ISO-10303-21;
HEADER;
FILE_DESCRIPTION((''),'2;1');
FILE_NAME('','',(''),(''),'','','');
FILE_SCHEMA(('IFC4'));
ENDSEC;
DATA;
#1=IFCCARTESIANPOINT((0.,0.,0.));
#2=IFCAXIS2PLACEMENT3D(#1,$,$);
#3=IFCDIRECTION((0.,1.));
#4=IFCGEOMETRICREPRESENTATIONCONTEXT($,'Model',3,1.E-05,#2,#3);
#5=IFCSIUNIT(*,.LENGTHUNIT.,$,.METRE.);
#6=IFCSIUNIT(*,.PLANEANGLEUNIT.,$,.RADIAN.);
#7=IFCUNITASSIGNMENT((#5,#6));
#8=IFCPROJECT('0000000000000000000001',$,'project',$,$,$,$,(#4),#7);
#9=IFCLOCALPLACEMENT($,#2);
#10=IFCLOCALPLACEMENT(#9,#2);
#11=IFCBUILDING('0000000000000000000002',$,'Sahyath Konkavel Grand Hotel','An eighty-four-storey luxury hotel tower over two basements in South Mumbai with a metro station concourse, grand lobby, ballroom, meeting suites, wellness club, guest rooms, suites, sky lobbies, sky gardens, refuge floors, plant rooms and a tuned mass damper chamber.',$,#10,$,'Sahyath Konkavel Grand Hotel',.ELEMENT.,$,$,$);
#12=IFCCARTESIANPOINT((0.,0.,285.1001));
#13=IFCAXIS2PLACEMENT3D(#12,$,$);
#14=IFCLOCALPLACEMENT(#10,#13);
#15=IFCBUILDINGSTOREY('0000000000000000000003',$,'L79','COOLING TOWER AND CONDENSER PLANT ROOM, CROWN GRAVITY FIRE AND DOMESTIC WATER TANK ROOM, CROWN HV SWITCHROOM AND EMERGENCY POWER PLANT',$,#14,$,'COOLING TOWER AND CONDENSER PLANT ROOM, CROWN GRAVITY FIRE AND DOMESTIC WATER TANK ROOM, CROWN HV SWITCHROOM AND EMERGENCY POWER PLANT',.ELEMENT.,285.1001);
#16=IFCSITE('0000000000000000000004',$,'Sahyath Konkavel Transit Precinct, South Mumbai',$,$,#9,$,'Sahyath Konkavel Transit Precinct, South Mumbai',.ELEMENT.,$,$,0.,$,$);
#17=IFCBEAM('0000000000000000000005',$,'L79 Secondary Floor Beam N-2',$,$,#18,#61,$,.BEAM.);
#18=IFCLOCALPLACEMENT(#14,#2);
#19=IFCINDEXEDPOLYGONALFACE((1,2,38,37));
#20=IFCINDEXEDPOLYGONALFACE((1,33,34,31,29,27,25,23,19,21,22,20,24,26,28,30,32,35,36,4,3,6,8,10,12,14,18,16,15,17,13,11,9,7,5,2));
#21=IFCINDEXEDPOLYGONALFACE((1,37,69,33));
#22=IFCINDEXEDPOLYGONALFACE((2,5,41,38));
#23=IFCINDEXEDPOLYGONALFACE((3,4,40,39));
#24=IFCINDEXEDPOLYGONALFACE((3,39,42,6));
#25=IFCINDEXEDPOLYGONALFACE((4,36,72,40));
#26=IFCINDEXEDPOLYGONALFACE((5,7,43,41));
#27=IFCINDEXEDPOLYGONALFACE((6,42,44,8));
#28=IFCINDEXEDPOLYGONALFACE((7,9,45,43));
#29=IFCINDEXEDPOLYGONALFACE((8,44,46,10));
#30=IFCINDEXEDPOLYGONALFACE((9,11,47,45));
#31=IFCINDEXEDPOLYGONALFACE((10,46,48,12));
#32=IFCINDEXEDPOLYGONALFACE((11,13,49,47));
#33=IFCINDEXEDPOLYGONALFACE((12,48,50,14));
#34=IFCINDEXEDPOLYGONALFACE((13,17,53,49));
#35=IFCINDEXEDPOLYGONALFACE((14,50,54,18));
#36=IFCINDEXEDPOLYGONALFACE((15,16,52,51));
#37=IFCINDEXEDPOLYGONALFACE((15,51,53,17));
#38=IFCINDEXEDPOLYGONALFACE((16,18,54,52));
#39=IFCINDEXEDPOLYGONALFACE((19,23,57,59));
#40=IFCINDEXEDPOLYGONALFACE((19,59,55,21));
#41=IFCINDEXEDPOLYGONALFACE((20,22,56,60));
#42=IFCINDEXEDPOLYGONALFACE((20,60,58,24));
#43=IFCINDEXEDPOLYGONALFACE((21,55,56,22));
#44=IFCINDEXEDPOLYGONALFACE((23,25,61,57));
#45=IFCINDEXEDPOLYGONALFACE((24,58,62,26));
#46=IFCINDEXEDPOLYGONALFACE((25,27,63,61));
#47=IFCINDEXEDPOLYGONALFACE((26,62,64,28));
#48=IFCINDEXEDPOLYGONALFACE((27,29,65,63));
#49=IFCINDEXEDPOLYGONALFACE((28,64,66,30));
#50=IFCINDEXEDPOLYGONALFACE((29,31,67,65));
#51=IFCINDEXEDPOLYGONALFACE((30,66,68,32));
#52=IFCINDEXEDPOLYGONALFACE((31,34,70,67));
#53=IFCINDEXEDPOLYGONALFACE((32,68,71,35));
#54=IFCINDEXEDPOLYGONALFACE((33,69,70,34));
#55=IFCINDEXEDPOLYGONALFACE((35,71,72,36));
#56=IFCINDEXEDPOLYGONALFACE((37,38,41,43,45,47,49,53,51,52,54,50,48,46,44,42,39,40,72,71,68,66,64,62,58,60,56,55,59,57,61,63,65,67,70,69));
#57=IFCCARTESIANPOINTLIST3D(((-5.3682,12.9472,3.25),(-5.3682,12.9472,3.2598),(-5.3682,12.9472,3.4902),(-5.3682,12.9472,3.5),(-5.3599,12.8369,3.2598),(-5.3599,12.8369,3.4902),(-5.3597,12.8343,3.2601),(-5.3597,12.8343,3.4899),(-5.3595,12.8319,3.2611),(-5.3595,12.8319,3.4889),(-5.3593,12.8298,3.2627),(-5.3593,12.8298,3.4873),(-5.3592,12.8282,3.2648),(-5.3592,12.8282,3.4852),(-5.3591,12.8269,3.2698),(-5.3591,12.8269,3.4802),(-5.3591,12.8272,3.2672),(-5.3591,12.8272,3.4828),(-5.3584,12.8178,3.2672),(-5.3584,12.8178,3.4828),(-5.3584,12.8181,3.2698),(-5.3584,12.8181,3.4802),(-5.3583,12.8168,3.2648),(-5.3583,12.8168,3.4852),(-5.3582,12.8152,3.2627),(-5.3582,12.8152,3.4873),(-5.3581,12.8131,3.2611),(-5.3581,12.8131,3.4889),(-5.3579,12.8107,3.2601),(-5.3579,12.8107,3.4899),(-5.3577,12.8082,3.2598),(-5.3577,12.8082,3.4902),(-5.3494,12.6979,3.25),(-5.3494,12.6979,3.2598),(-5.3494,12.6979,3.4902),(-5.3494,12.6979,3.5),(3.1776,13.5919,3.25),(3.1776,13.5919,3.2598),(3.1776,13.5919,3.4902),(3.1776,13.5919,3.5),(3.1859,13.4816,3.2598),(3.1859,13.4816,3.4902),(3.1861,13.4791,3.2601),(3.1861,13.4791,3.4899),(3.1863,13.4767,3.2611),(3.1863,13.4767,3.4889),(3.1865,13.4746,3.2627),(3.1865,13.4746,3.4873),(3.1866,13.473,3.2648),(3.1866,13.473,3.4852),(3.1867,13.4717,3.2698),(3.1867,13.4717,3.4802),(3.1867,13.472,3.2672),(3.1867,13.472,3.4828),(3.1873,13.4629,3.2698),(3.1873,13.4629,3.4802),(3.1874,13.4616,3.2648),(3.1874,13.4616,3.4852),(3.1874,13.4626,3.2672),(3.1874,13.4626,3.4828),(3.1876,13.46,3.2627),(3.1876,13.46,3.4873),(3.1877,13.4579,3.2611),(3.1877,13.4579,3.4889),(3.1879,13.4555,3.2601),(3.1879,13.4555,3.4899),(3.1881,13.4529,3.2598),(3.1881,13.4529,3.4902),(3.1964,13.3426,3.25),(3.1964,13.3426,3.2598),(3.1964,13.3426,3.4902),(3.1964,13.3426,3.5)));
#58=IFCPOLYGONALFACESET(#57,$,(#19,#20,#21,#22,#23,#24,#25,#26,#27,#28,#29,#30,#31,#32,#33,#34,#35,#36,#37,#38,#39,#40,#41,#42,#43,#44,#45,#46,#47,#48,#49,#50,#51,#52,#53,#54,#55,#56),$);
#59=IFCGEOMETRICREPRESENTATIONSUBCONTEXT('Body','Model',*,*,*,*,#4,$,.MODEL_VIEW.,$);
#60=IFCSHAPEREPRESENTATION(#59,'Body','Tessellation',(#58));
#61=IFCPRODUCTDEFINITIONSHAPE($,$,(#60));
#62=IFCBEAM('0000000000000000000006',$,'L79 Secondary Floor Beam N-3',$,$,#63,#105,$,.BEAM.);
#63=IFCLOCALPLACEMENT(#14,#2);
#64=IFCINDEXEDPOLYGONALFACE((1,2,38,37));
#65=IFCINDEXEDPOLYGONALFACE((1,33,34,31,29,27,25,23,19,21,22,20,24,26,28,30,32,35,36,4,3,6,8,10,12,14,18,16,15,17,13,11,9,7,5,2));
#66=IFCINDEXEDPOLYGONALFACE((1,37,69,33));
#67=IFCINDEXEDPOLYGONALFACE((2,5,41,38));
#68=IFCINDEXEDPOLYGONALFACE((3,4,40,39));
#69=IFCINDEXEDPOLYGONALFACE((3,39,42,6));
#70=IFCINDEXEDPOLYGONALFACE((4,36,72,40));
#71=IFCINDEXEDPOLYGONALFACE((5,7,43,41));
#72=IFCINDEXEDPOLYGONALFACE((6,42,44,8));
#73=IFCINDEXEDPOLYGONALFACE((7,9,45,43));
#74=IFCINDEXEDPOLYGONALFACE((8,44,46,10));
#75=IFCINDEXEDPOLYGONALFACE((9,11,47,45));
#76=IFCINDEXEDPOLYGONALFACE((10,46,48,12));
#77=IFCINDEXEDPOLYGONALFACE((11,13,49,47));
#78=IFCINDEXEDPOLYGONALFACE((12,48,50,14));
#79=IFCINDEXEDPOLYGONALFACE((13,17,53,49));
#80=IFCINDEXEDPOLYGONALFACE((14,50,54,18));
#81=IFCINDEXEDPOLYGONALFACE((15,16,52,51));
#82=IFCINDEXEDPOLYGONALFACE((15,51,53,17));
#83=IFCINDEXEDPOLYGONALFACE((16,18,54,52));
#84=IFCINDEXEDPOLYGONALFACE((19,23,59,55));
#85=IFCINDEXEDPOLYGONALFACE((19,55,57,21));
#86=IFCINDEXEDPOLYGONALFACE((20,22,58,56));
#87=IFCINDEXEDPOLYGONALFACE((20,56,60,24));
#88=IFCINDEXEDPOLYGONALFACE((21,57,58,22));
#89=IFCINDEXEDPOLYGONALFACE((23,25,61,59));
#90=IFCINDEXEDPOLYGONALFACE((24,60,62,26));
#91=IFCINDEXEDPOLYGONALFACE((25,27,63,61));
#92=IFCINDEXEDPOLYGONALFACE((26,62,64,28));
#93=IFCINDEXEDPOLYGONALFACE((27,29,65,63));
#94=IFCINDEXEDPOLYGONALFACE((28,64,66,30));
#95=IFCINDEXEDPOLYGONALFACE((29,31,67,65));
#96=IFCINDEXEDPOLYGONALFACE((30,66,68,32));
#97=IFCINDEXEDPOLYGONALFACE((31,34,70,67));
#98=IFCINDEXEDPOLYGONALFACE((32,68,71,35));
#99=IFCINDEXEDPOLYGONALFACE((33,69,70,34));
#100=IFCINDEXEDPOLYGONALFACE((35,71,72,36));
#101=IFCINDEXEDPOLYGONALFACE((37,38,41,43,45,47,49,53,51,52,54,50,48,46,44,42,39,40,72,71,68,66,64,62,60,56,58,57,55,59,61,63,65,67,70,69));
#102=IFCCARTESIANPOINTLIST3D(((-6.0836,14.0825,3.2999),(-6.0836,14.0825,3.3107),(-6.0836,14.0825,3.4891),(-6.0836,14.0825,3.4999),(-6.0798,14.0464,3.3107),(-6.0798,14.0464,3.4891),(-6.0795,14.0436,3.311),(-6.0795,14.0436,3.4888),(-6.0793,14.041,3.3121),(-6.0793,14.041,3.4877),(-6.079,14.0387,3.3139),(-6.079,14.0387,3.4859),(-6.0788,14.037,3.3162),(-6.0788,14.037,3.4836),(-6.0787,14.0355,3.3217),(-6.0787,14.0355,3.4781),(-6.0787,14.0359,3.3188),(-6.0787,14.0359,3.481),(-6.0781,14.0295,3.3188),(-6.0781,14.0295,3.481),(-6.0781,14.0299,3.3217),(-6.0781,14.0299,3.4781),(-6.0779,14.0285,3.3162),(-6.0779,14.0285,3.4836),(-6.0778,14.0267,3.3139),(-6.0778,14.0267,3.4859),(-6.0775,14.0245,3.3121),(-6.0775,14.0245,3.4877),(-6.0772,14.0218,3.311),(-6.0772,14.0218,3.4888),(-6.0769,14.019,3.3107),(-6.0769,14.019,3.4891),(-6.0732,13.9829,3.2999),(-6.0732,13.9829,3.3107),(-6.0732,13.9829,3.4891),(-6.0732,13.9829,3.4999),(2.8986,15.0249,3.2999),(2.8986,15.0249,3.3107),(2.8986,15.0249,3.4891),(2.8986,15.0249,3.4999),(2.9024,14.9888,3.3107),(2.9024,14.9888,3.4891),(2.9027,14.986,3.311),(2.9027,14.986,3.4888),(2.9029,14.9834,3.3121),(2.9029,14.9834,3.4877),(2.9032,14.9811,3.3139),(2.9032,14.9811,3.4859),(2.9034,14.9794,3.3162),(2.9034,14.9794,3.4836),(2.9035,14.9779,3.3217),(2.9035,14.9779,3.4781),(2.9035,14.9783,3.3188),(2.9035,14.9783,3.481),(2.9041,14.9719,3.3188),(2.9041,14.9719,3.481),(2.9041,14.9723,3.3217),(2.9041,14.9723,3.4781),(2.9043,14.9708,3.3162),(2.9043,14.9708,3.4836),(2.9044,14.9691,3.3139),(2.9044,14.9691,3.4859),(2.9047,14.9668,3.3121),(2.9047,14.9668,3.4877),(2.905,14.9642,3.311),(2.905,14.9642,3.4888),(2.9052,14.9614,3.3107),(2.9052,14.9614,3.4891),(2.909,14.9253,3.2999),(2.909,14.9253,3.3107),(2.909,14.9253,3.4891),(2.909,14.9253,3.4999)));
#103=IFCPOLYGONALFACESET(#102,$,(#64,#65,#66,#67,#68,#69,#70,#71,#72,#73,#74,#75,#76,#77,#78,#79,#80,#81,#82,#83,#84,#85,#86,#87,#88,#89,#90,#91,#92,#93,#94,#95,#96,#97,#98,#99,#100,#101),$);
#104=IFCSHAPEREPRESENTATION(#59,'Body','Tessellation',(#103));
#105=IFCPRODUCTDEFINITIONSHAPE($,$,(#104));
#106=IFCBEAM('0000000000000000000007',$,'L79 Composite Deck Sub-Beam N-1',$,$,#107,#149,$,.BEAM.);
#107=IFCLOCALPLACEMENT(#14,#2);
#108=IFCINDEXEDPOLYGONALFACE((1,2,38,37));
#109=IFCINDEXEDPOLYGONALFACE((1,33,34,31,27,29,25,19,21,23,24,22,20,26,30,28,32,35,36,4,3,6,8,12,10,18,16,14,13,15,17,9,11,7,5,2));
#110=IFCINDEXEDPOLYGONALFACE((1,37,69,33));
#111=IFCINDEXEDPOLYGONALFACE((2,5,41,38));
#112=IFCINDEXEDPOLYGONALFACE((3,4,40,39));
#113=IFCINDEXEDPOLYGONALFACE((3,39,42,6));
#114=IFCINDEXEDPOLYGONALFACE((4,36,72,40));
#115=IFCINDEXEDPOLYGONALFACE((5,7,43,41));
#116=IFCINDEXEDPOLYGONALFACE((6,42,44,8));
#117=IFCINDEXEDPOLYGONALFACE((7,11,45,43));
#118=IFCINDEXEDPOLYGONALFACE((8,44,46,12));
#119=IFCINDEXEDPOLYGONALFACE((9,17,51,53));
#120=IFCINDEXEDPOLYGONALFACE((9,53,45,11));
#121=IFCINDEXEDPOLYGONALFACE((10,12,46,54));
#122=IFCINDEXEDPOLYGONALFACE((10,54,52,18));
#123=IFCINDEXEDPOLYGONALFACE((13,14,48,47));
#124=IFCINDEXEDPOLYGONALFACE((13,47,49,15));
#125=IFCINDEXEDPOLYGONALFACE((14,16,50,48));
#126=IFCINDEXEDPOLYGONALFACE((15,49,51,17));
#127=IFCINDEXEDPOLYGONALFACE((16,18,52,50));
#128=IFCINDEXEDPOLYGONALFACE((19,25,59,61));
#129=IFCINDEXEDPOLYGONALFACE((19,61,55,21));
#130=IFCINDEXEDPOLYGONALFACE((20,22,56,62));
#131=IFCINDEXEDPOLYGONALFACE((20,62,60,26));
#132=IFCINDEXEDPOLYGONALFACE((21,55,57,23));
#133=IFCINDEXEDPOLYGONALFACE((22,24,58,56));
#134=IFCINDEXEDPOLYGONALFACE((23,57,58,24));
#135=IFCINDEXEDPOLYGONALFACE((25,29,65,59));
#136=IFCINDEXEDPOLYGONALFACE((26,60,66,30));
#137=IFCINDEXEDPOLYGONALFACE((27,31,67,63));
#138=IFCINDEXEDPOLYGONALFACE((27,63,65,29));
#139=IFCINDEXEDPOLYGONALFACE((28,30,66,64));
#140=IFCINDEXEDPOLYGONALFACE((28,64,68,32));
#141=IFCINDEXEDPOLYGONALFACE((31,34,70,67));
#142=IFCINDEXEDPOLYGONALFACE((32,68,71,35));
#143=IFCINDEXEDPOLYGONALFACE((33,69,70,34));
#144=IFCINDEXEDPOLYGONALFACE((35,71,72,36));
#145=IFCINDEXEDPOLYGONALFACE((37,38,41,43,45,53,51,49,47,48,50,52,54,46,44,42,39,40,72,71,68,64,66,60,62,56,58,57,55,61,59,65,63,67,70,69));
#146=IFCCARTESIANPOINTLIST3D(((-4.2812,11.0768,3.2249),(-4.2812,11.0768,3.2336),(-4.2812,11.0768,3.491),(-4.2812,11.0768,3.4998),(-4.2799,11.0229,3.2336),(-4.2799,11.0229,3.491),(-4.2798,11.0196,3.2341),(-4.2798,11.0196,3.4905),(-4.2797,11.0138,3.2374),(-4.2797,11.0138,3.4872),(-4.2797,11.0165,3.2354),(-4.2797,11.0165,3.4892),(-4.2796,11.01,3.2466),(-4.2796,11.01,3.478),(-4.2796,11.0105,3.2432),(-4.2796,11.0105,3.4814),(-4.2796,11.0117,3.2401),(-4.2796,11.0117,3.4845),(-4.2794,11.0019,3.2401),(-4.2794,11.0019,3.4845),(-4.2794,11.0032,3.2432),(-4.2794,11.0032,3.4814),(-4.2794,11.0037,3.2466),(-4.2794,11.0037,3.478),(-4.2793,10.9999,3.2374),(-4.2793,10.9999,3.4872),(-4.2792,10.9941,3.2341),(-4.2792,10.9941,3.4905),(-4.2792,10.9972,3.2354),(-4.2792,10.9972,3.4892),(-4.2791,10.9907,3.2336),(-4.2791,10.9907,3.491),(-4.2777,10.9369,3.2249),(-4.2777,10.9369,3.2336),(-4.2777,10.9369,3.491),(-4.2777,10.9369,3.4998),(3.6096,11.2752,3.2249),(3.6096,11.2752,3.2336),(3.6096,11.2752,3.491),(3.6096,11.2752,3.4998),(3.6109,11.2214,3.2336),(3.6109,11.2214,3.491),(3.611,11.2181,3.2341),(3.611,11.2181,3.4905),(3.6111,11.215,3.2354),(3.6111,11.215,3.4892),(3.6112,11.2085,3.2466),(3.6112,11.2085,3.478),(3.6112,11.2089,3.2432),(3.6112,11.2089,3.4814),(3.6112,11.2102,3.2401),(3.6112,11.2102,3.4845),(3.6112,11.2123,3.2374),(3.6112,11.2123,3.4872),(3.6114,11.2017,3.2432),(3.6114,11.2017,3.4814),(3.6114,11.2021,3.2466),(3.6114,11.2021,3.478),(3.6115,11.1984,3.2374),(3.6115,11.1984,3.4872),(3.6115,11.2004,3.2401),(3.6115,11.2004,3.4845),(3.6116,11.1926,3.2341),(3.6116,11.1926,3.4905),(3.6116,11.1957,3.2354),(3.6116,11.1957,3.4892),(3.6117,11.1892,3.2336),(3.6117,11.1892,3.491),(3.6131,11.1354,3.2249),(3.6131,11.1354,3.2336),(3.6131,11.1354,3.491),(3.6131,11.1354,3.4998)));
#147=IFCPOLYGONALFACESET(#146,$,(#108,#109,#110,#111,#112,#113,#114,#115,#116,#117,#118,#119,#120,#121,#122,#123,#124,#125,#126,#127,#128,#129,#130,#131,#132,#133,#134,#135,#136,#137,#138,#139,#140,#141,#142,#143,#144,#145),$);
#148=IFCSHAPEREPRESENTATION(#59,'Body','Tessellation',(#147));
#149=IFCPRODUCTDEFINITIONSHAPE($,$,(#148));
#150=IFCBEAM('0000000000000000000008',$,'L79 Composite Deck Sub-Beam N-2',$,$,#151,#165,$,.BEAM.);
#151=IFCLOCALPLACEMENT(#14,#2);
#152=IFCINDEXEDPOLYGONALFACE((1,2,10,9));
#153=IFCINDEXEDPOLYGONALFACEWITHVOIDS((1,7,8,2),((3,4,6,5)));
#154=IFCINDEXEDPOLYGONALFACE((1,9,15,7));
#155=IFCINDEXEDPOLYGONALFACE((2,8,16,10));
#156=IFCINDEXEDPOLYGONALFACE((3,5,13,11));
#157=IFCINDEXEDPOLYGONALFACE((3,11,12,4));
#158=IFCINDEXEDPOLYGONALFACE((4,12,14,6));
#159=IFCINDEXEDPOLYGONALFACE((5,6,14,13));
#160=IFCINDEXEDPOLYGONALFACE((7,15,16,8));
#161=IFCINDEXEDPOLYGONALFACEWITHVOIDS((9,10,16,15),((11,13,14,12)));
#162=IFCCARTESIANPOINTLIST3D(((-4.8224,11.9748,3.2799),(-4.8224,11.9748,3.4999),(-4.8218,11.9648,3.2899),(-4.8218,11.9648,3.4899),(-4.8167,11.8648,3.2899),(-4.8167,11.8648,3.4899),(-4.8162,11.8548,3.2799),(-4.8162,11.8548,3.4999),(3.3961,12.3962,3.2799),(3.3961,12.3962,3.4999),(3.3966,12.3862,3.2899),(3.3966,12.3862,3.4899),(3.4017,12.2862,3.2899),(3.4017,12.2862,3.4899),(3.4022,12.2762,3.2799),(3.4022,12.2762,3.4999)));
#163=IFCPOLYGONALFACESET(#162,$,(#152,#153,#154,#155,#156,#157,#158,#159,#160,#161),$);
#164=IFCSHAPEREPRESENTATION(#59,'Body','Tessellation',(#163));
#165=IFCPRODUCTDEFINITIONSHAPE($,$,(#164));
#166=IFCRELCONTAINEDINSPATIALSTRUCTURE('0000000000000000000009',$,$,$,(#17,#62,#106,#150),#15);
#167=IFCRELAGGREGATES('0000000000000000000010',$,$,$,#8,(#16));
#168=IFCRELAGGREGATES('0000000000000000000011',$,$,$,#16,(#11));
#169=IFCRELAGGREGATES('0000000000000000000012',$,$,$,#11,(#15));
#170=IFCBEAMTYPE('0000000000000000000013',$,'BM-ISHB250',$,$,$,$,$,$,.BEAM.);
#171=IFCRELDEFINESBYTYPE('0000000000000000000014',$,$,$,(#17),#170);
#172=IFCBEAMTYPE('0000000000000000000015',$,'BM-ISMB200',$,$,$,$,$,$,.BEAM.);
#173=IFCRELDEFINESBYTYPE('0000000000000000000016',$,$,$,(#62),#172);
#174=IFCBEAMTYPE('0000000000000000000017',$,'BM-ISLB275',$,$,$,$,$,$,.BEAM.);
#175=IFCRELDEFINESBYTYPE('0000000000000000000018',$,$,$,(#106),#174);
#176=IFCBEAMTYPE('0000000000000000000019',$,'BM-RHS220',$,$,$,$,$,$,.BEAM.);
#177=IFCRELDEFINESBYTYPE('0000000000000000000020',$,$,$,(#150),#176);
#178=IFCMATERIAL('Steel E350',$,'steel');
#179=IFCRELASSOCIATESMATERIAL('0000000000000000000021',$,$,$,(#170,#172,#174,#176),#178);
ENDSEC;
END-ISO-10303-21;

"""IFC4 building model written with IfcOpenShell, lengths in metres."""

from ifc_helpers import new_model, si_unit, direction, frame, origin, origin_2d, place, context, subcontext, project, spatial, hollow_rectangle, i_section, extrude, source, transform, mapped, material, material_profile, profile_set, type_object, element, save


model = new_model("IFC4")

# Units and contexts
model_context = context("Model", 3, precision=1e-05, world=origin(), true_north=direction((0.0, 1.0)))
body_context = subcontext(model_context, "Body", "Model", "MODEL_VIEW")
ifc_project = project(units=[si_unit("LENGTHUNIT", "METRE"), si_unit("PLANEANGLEUNIT", "RADIAN")], contexts=[model_context])

# Site, building, storey
site_placement = place(None, origin())
site = spatial("IfcSite", under=ifc_project, at=site_placement, Name="Sahyath Konkavel Transit Precinct, South Mumbai", LongName="Sahyath Konkavel Transit Precinct, South Mumbai", CompositionType="ELEMENT", RefElevation=0.0)
building_placement = place(site_placement, origin())
building = spatial("IfcBuilding", under=site, at=building_placement, Name="Sahyath Konkavel Grand Hotel", Description="An eighty-four-storey luxury hotel tower over two basements in South Mumbai with a metro station concourse, grand lobby, ballroom, meeting suites, wellness club, guest rooms, suites, sky lobbies, sky gardens, refuge floors, plant rooms and a tuned mass damper chamber.", LongName="Sahyath Konkavel Grand Hotel", CompositionType="ELEMENT")
storey_placement = place(building_placement, frame((0.0, 0.0, 285.1001)))
storey = spatial("IfcBuildingStorey", under=building, at=storey_placement, Name="L79", Description="COOLING TOWER AND CONDENSER PLANT ROOM, CROWN GRAVITY FIRE AND DOMESTIC WATER TANK ROOM, CROWN HV SWITCHROOM AND EMERGENCY POWER PLANT", LongName="COOLING TOWER AND CONDENSER PLANT ROOM, CROWN GRAVITY FIRE AND DOMESTIC WATER TANK ROOM, CROWN HV SWITCHROOM AND EMERGENCY POWER PLANT", CompositionType="ELEMENT", Elevation=285.1001)

# Beams
ifc_material_1 = material(Name="Steel E350", Category="steel")
ifc_material_profile_1 = material_profile(ifc_material_1, i_section(OverallWidth=0.25, OverallDepth=0.25, WebThickness=0.0088, FlangeThickness=0.0098, FilletRadius=0.01, at=origin_2d()), Name="ISHB 250")
ifc_profile_set_1 = profile_set([ifc_material_profile_1], Name="Steel E350")
beam_type_1 = type_object("IfcBeamType", Name="BM-ISHB250", PredefinedType="BEAM", material=ifc_profile_set_1)
shared_shape_1 = source(origin(), body_context, "Body", "SweptSolid", [
    extrude(i_section(OverallWidth=0.25, OverallDepth=0.25, WebThickness=0.0088, FlangeThickness=0.0098, FilletRadius=0.01, at=origin_2d()), origin(), (0.0, 0.0, 1.0), 8.5701),
])
beam_1_placement = place(storey_placement, frame((3.187, 13.4673, 3.375), z_axis=(-0.997166, -0.075235, 0.0), x_axis=(0.075235, -0.997166, 0.0)))
element("IfcBeam", 1, at=beam_1_placement, inside=storey, type_object=beam_type_1, Name="L79 Secondary Floor Beam N-2", PredefinedType="BEAM", context=body_context, shape_type="MappedRepresentation", body=[
    mapped(shared_shape_1, transform((0.0, 0.0, 0.0), scale=1.0)),
])
ifc_material_profile_2 = material_profile(ifc_material_1, i_section(OverallWidth=0.1001, OverallDepth=0.2, WebThickness=0.0056, FlangeThickness=0.0107, FilletRadius=0.011, at=origin_2d()), Name="ISMB 200")
ifc_profile_set_2 = profile_set([ifc_material_profile_2], Name="Steel E350")
beam_type_2 = type_object("IfcBeamType", Name="BM-ISMB200", PredefinedType="BEAM", material=ifc_profile_set_2)
shared_shape_2 = source(origin(), body_context, "Body", "SweptSolid", [
    extrude(i_section(OverallWidth=0.1001, OverallDepth=0.2, WebThickness=0.0056, FlangeThickness=0.0107, FilletRadius=0.011, at=origin_2d()), origin(), (0.0, 0.0, 1.0), 9.0315),
])
beam_2_placement = place(storey_placement, frame((2.9038, 14.9751, 3.3999), z_axis=(-0.994541, -0.104344, 0.0), x_axis=(0.104344, -0.994541, 0.0)))
element("IfcBeam", 2, at=beam_2_placement, inside=storey, type_object=beam_type_2, Name="L79 Secondary Floor Beam N-3", PredefinedType="BEAM", context=body_context, shape_type="MappedRepresentation", body=[
    mapped(shared_shape_2, transform((0.0, 0.0, 0.0), scale=1.0)),
])
ifc_material_profile_3 = material_profile(ifc_material_1, i_section(OverallWidth=0.1399, OverallDepth=0.2749, WebThickness=0.0063, FlangeThickness=0.0088, FilletRadius=0.0129, at=origin_2d()), Name="ISLB 275")
ifc_profile_set_3 = profile_set([ifc_material_profile_3], Name="Steel E350")
beam_type_3 = type_object("IfcBeamType", Name="BM-ISLB275", PredefinedType="BEAM", material=ifc_profile_set_3)
shared_shape_3 = source(origin(), body_context, "Body", "SweptSolid", [
    extrude(i_section(OverallWidth=0.1399, OverallDepth=0.2749, WebThickness=0.0063, FlangeThickness=0.0088, FilletRadius=0.0129, at=origin_2d()), origin(), (0.0, 0.0, 1.0), 7.8933),
])
beam_3_placement = place(storey_placement, frame((3.6113, 11.2053, 3.3623), z_axis=(-0.999684, -0.025146, 0.0), x_axis=(0.025146, -0.999684, 0.0)))
element("IfcBeam", 3, at=beam_3_placement, inside=storey, type_object=beam_type_3, Name="L79 Composite Deck Sub-Beam N-1", PredefinedType="BEAM", context=body_context, shape_type="MappedRepresentation", body=[
    mapped(shared_shape_3, transform((0.0, 0.0, 0.0), scale=1.0)),
])
ifc_material_profile_4 = material_profile(ifc_material_1, hollow_rectangle(XDim=0.1201, YDim=0.22, WallThickness=0.01, at=origin_2d()), Name="RHS 220x120x10")
ifc_profile_set_4 = profile_set([ifc_material_profile_4], Name="Steel E350")
beam_type_4 = type_object("IfcBeamType", Name="BM-RHS220", PredefinedType="BEAM", material=ifc_profile_set_4)
shared_shape_4 = source(origin(), body_context, "Body", "SweptSolid", [
    extrude(hollow_rectangle(XDim=0.1201, YDim=0.22, WallThickness=0.01, at=origin_2d()), origin(), (0.0, 0.0, 1.0), 8.2292),
])
beam_4_placement = place(storey_placement, frame((3.3992, 12.3362, 3.3899), z_axis=(-0.998688, -0.051206, 0.0), x_axis=(0.051206, -0.998688, 0.0)))
element("IfcBeam", 4, at=beam_4_placement, inside=storey, type_object=beam_type_4, Name="L79 Composite Deck Sub-Beam N-2", PredefinedType="BEAM", context=body_context, shape_type="MappedRepresentation", body=[
    mapped(shared_shape_4, transform((0.0, 0.0, 0.0), scale=1.0)),
])

save(model, "model.ifc")
